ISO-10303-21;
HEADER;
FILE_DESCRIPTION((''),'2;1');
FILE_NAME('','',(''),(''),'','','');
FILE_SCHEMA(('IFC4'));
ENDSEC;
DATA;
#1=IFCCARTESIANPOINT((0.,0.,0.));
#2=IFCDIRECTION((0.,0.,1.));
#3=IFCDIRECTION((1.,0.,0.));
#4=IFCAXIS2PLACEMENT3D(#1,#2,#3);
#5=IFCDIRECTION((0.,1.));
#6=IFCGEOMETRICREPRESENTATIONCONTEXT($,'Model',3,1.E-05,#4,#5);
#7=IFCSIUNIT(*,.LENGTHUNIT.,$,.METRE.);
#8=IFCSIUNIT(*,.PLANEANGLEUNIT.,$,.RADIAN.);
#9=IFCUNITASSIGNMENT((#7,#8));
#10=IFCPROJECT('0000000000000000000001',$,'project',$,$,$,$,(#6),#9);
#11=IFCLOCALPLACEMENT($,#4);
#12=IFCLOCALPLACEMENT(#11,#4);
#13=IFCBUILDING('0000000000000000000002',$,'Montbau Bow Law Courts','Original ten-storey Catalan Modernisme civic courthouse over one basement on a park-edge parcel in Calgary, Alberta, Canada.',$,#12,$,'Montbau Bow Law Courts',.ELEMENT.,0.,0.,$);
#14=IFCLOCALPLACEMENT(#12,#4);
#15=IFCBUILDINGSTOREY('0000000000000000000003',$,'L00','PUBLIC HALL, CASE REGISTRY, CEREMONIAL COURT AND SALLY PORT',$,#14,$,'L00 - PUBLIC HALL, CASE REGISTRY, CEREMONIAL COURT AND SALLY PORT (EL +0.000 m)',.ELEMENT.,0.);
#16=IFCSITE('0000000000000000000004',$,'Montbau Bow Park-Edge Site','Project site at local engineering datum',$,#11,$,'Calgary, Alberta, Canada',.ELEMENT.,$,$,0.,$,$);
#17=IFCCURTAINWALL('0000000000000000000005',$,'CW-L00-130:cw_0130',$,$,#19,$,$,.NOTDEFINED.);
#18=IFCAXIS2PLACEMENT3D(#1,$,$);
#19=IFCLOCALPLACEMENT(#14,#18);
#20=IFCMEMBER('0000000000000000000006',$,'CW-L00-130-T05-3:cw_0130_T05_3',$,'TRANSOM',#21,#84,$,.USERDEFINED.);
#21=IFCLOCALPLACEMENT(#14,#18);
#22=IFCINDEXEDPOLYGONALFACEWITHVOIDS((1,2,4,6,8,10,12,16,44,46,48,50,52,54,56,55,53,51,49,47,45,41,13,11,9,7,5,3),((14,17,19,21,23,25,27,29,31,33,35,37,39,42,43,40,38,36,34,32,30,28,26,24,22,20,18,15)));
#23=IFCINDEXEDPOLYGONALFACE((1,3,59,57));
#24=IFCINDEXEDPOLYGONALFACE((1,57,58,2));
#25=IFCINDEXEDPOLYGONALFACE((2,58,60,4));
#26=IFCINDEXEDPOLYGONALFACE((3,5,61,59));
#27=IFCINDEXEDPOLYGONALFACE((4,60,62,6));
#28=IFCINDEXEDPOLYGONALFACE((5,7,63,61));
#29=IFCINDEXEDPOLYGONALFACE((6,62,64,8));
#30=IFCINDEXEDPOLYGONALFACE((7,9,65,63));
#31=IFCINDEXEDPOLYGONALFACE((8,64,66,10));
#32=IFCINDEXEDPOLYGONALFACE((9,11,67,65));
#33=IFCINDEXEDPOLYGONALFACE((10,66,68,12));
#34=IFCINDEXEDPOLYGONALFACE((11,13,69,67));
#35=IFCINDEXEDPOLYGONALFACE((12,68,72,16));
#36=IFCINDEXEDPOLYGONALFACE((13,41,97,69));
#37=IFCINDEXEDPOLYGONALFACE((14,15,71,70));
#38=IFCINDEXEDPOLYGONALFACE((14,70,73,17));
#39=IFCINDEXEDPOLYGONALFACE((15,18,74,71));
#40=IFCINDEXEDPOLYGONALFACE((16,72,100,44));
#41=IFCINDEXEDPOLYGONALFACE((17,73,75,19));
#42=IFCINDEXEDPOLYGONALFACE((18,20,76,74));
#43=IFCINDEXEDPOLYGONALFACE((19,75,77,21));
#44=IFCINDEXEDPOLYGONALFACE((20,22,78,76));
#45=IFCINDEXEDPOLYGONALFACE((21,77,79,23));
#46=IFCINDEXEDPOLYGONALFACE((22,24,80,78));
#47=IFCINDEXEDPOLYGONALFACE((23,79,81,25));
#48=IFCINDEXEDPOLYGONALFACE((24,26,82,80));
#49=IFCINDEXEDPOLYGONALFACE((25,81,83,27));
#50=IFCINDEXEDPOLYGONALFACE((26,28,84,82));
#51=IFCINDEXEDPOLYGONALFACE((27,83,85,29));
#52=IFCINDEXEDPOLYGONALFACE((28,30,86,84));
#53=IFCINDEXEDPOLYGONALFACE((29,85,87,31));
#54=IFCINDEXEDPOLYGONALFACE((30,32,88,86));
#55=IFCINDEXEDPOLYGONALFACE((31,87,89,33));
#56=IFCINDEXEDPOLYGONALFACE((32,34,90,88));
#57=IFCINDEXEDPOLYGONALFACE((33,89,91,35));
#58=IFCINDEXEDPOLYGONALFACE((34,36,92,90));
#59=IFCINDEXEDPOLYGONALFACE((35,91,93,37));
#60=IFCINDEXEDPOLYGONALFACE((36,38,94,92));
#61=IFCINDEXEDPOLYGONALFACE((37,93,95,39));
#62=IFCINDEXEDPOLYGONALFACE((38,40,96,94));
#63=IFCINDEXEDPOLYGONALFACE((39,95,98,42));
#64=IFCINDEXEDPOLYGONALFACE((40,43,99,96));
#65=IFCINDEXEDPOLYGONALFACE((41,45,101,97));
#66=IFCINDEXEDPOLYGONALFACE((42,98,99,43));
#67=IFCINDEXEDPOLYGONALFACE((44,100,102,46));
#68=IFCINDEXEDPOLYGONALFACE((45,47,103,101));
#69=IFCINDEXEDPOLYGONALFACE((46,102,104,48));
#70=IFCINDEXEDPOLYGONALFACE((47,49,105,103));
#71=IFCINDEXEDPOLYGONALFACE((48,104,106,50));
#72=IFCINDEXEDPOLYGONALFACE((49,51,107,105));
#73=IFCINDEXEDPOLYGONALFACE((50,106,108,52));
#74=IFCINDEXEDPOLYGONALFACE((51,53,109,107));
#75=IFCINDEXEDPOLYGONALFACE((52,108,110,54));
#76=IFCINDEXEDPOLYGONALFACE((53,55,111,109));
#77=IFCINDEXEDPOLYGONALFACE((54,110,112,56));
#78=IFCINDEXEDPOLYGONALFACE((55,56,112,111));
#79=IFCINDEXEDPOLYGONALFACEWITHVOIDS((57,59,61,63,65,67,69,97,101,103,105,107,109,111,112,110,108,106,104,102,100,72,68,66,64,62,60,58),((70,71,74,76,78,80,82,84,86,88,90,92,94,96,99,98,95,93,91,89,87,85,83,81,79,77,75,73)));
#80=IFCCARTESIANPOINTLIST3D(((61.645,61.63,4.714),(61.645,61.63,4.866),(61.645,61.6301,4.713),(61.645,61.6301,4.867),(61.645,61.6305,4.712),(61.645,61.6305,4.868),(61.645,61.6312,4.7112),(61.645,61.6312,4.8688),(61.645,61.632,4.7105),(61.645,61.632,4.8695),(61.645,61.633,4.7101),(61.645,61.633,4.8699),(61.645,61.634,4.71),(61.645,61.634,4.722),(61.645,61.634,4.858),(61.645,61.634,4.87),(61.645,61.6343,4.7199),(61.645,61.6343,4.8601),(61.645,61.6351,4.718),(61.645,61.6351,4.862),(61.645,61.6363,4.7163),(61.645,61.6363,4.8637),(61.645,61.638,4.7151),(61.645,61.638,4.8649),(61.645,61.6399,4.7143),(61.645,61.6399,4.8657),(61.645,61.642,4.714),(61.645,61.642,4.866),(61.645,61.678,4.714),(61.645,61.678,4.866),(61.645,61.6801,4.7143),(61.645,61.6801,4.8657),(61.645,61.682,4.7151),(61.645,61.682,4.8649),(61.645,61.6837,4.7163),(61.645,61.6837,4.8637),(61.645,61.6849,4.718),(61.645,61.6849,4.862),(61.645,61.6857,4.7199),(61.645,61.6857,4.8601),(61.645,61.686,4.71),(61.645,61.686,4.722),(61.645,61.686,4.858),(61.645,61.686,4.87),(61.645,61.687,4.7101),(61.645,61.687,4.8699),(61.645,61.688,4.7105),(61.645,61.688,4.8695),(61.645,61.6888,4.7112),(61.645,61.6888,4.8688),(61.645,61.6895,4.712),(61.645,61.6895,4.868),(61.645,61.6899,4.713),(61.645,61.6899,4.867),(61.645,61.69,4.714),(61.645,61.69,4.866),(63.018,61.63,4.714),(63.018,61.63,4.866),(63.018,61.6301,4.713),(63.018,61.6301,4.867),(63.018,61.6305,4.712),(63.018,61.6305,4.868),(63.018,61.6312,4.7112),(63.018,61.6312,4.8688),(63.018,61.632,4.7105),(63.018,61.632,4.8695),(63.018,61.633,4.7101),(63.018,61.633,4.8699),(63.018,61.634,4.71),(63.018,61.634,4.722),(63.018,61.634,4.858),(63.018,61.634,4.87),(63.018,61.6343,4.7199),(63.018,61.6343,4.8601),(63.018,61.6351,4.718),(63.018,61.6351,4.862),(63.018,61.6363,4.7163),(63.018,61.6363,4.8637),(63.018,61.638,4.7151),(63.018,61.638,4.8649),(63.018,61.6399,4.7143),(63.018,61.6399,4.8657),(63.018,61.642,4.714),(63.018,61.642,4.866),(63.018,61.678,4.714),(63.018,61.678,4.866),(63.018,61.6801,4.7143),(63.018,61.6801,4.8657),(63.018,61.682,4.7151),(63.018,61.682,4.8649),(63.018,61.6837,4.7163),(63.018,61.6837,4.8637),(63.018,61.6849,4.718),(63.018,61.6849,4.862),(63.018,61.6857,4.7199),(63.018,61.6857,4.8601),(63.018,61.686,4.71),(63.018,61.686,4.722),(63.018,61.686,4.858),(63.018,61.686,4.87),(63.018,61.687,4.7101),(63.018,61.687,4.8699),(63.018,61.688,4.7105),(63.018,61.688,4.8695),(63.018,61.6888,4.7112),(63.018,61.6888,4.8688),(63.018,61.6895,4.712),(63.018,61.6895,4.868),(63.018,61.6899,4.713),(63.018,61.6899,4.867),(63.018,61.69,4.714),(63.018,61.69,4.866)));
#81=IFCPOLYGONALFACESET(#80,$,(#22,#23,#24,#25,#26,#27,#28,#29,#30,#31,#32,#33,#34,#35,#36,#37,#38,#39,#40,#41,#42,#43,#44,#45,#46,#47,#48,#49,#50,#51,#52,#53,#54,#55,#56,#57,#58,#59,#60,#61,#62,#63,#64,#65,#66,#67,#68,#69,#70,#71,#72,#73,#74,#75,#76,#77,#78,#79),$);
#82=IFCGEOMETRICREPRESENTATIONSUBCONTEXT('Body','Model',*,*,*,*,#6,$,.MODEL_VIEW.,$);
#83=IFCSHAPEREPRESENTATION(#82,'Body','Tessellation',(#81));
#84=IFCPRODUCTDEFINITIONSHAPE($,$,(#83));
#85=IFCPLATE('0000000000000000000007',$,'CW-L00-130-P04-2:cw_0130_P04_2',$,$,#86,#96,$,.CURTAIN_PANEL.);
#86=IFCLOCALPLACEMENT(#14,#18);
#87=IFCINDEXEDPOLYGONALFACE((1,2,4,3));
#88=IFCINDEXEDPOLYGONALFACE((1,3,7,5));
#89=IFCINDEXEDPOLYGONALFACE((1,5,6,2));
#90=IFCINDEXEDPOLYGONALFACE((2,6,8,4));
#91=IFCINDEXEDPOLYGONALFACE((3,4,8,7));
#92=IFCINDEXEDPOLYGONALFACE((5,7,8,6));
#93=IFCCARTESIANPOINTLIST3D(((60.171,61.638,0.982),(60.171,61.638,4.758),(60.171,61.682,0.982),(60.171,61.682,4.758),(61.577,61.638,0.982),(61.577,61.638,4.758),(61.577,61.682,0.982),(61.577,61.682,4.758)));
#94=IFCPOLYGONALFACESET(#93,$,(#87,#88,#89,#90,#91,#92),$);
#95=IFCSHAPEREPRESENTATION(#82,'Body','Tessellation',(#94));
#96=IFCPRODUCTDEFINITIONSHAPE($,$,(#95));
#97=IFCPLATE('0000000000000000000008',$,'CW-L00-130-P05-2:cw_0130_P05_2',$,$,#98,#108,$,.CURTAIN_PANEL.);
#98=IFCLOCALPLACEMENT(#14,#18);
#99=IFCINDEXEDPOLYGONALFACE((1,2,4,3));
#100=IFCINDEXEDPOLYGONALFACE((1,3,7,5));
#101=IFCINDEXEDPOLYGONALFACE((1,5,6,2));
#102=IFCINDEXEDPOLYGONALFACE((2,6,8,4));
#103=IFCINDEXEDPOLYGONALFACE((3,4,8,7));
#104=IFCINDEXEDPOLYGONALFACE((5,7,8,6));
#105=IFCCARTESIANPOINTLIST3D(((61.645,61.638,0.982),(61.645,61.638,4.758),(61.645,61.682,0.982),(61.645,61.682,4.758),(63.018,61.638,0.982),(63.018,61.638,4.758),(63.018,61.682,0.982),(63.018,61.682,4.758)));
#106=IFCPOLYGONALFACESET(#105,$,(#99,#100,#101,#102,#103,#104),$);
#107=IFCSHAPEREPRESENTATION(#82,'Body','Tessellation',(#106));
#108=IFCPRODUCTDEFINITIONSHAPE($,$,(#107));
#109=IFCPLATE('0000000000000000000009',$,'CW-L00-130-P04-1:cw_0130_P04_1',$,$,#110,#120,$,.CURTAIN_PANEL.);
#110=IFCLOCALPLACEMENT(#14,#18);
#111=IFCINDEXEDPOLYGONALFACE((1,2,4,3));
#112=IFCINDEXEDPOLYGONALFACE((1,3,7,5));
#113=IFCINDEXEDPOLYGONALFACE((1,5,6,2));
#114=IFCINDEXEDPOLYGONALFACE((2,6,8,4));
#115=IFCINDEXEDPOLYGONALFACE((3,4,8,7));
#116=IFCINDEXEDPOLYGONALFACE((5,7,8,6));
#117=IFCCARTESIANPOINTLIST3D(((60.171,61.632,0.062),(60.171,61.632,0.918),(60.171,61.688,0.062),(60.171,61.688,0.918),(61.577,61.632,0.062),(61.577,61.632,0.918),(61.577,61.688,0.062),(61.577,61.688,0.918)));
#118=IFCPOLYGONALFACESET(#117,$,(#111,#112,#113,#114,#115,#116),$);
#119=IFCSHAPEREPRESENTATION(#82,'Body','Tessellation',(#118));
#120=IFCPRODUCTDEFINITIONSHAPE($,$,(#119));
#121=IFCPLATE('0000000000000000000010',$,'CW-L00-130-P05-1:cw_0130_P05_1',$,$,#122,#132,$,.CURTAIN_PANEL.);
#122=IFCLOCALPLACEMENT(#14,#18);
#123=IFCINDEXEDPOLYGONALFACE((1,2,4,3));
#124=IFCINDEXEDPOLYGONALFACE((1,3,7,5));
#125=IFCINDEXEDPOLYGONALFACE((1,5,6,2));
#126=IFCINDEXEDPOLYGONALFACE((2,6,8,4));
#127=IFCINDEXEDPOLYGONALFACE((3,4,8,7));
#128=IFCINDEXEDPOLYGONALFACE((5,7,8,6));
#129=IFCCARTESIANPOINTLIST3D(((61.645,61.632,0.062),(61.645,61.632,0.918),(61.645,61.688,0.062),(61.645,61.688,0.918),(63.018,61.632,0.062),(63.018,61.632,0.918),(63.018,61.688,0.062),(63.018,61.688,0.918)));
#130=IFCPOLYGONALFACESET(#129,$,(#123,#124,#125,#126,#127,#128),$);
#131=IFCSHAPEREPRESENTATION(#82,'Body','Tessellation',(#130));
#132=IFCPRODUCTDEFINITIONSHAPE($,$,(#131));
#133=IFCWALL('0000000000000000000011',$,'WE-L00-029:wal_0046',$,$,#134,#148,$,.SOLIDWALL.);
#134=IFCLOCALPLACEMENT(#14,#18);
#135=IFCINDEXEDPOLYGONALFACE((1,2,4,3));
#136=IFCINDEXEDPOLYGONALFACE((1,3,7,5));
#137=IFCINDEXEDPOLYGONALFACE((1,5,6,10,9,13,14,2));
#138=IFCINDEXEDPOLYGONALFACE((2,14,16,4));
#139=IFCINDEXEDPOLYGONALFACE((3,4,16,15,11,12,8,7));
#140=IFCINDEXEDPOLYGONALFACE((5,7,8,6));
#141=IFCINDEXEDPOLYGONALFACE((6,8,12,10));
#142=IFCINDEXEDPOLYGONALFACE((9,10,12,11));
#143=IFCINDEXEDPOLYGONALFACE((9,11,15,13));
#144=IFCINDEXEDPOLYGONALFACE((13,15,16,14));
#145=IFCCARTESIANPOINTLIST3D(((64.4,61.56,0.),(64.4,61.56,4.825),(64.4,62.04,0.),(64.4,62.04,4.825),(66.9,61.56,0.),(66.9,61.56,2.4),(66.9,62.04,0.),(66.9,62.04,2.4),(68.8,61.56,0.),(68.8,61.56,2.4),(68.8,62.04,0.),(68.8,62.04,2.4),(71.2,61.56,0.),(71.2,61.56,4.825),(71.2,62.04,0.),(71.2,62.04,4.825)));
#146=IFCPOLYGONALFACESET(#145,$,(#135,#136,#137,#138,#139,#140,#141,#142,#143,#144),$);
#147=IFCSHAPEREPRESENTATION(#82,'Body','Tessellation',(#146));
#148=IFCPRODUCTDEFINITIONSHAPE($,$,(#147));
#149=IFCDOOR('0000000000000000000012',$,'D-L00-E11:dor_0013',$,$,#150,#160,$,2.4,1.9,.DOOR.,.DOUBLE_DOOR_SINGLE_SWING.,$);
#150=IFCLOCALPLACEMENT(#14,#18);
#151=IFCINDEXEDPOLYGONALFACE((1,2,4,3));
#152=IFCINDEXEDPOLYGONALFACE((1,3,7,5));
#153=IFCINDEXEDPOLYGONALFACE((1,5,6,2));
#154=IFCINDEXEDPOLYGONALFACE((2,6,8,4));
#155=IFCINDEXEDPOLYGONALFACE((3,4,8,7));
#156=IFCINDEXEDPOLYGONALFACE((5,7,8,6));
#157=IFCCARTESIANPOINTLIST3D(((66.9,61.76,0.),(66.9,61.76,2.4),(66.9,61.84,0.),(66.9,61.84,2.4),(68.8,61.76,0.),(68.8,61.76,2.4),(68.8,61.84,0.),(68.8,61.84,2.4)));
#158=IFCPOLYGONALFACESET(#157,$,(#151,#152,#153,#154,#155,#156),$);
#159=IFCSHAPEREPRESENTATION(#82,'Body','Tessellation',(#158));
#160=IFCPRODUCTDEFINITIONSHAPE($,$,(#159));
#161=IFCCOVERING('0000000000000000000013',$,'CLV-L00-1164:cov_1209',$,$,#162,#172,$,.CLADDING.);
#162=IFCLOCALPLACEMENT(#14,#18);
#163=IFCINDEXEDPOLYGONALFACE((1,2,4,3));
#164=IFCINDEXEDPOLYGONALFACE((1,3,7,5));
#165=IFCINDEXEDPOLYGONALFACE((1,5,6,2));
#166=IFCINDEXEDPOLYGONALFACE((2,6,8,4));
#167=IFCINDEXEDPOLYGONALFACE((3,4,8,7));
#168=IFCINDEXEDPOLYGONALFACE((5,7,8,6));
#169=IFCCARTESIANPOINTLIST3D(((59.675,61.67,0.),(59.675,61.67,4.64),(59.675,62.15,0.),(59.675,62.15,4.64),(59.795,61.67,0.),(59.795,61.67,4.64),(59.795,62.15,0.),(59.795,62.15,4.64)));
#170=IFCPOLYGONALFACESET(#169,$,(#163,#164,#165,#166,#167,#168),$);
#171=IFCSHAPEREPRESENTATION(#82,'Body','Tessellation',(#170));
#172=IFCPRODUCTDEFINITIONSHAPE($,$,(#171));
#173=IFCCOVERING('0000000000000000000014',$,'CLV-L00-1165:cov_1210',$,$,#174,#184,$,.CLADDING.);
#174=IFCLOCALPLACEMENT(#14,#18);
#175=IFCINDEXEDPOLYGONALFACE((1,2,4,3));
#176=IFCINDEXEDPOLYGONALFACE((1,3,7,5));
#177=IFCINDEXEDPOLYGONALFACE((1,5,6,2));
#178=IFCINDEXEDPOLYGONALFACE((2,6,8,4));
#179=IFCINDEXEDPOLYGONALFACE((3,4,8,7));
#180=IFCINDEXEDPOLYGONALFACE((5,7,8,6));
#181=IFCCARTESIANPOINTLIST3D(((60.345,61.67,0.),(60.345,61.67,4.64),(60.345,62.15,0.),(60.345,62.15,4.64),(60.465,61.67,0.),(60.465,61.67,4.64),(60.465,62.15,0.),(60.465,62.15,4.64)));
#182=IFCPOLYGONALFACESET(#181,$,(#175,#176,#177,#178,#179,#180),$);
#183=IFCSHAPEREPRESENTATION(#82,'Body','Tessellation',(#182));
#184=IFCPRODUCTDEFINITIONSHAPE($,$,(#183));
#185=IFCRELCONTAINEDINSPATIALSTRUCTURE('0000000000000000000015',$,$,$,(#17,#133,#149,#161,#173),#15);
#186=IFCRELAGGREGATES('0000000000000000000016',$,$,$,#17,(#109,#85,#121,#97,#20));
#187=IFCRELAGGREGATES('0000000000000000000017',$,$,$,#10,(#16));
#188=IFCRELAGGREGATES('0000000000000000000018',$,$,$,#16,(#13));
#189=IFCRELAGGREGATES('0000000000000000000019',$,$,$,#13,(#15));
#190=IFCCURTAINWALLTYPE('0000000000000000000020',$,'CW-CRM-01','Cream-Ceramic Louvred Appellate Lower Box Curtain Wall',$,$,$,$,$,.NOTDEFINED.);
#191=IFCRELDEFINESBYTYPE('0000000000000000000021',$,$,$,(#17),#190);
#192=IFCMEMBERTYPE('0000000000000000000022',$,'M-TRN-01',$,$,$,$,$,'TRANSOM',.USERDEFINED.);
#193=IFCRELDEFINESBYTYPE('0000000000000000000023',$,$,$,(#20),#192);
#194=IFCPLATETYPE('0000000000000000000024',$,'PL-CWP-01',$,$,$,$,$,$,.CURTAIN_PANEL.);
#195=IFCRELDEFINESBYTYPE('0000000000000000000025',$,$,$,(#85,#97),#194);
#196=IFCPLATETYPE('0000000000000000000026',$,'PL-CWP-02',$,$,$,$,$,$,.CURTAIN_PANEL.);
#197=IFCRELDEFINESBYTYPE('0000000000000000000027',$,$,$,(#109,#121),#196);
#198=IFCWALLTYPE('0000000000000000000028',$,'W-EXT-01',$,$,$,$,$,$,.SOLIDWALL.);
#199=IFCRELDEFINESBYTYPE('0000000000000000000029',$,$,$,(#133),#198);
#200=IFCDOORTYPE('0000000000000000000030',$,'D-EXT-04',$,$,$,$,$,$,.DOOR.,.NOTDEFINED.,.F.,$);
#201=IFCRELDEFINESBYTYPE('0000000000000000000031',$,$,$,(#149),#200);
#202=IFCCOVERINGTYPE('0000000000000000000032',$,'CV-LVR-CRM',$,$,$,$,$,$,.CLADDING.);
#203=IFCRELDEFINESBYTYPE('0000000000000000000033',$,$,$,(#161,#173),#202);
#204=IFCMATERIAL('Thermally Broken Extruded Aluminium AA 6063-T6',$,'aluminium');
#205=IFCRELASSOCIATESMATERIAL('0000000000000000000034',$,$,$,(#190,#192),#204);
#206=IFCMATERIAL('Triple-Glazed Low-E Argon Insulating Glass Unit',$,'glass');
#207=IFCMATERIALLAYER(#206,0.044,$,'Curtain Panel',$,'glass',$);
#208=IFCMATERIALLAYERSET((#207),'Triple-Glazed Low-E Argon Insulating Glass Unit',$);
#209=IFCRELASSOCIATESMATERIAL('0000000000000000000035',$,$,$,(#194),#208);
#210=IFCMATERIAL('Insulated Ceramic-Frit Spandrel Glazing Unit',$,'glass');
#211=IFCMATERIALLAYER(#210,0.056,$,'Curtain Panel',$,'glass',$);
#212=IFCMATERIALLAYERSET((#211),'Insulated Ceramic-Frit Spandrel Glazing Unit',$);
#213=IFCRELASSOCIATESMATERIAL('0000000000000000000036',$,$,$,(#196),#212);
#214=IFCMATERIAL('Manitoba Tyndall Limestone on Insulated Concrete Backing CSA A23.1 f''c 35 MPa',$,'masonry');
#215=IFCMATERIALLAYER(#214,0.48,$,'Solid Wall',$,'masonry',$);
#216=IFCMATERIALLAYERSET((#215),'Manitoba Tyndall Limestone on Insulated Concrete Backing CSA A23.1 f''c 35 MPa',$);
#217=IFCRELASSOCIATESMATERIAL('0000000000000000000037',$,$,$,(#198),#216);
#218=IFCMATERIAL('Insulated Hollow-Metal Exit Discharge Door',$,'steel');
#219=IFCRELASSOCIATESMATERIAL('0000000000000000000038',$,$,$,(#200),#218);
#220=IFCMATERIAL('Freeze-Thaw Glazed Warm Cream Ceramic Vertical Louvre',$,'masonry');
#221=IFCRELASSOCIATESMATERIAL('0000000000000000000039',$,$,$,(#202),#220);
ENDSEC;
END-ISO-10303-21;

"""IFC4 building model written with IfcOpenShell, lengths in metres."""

from ifc_helpers import new_model, si_unit, direction, frame, frame_2d, origin_with_axes, origin_2d_with_axis, place, context, subcontext, project, spatial, rectangle, hollow_rectangle, extrude, material, layer, layer_set, material_profile, profile_set, type_object, element, fill, aggregate, save


model = new_model("IFC4")

# Units and contexts
model_context = context("Model", 3, precision=1e-05, world=origin_with_axes(), true_north=direction((0.0, 1.0)))
body_context = subcontext(model_context, "Body", "Model", "MODEL_VIEW")
ifc_project = project(units=[si_unit("LENGTHUNIT", "METRE"), si_unit("PLANEANGLEUNIT", "RADIAN")], contexts=[model_context])

# Site, building, storey
site_placement = place(None, origin_with_axes())
site = spatial("IfcSite", under=ifc_project, at=site_placement, Name="Montbau Bow Park-Edge Site", Description="Project site at local engineering datum", LongName="Calgary, Alberta, Canada", CompositionType="ELEMENT", RefElevation=0.0)
building_placement = place(site_placement, origin_with_axes())
building = spatial("IfcBuilding", under=site, at=building_placement, Name="Montbau Bow Law Courts", Description="Original ten-storey Catalan Modernisme civic courthouse over one basement on a park-edge parcel in Calgary, Alberta, Canada.", LongName="Montbau Bow Law Courts", CompositionType="ELEMENT", ElevationOfRefHeight=0.0, ElevationOfTerrain=0.0)
storey_placement = place(building_placement, origin_with_axes())
storey = spatial("IfcBuildingStorey", under=building, at=storey_placement, Name="L00", Description="PUBLIC HALL, CASE REGISTRY, CEREMONIAL COURT AND SALLY PORT", LongName="L00 - PUBLIC HALL, CASE REGISTRY, CEREMONIAL COURT AND SALLY PORT (EL +0.000 m)", CompositionType="ELEMENT", Elevation=0.0)

# Curtain wall, member, plates
ifc_material_1 = material(Name="Thermally Broken Extruded Aluminium AA 6063-T6", Category="aluminium")
curtain_wall_type = type_object("IfcCurtainWallType", Name="CW-CRM-01", Description="Cream-Ceramic Louvred Appellate Lower Box Curtain Wall", PredefinedType="NOTDEFINED", material=ifc_material_1)
curtain_wall_placement = place(None, frame((55.715, 61.66, 0.0), z_axis=(0.0, 0.0, 1.0), x_axis=(1.0, 0.0, 0.0)))
curtain_wall = element("IfcCurtainWall", 1, at=curtain_wall_placement, inside=storey, type_object=curtain_wall_type, Name="CW-L00-130:cw_0130", PredefinedType="NOTDEFINED")
ifc_material_profile_1 = material_profile(ifc_material_1, hollow_rectangle(XDim=0.06, YDim=0.16, WallThickness=0.004, InnerFilletRadius=0.008, OuterFilletRadius=0.004, at=origin_2d_with_axis()), Name="CWT-160X60", Category="Main", Priority=0)
ifc_profile_set_1 = profile_set([ifc_material_profile_1], Name="Thermally Broken Extruded Aluminium AA 6063-T6")
member_type_1 = type_object("IfcMemberType", Name="M-TRN-01", ElementType="TRANSOM", PredefinedType="USERDEFINED", material=ifc_profile_set_1)
member_1_placement = place(None, frame((61.645, 61.66, 4.79), z_axis=(1.0, 0.0, 0.0), x_axis=(0.0, 1.0, 0.0)))
member_1 = element("IfcMember", 2, at=member_1_placement, type_object=member_type_1, Name="CW-L00-130-T05-3:cw_0130_T05_3", ObjectType="TRANSOM", PredefinedType="USERDEFINED", context=body_context, shape_type="SweptSolid", body=[
    extrude(hollow_rectangle(XDim=0.06, YDim=0.16, WallThickness=0.004, InnerFilletRadius=0.008, OuterFilletRadius=0.004, at=origin_2d_with_axis()), origin_with_axes(), (0.0, 0.0, 1.0), 1.373),
])
ifc_material_2 = material(Name="Triple-Glazed Low-E Argon Insulating Glass Unit", Category="glass")
ifc_layer_1 = layer(ifc_material_2, 0.044, Name="Curtain Panel", Category="glass")
ifc_layer_set_1 = layer_set([ifc_layer_1], Name="Triple-Glazed Low-E Argon Insulating Glass Unit")
plate_type_1 = type_object("IfcPlateType", Name="PL-CWP-01", PredefinedType="CURTAIN_PANEL", material=ifc_layer_set_1)
plate_1_placement = place(None, frame((60.171, 61.66, 0.982), z_axis=(0.0, -1.0, 0.0), x_axis=(1.0, 0.0, 0.0)))
plate_1 = element("IfcPlate", 3, at=plate_1_placement, type_object=plate_type_1, Name="CW-L00-130-P04-2:cw_0130_P04_2", PredefinedType="CURTAIN_PANEL", context=body_context, shape_type="SweptSolid", body=[
    extrude(rectangle(XDim=1.406, YDim=3.776, at=frame_2d((0.703, 1.888), x_axis=(1.0, 0.0))), frame((0.0, 0.0, -0.022), z_axis=(0.0, 0.0, 1.0), x_axis=(1.0, 0.0, 0.0)), (0.0, 0.0, 1.0), 0.044),
])
plate_2_placement = place(None, frame((61.645, 61.66, 0.982), z_axis=(0.0, -1.0, 0.0), x_axis=(1.0, 0.0, 0.0)))
plate_2 = element("IfcPlate", 4, at=plate_2_placement, type_object=plate_type_1, Name="CW-L00-130-P05-2:cw_0130_P05_2", PredefinedType="CURTAIN_PANEL", context=body_context, shape_type="SweptSolid", body=[
    extrude(rectangle(XDim=1.373, YDim=3.776, at=frame_2d((0.6865, 1.888), x_axis=(1.0, 0.0))), frame((0.0, 0.0, -0.022), z_axis=(0.0, 0.0, 1.0), x_axis=(1.0, 0.0, 0.0)), (0.0, 0.0, 1.0), 0.044),
])
ifc_material_3 = material(Name="Insulated Ceramic-Frit Spandrel Glazing Unit", Category="glass")
ifc_layer_2 = layer(ifc_material_3, 0.056, Name="Curtain Panel", Category="glass")
ifc_layer_set_2 = layer_set([ifc_layer_2], Name="Insulated Ceramic-Frit Spandrel Glazing Unit")
plate_type_2 = type_object("IfcPlateType", Name="PL-CWP-02", PredefinedType="CURTAIN_PANEL", material=ifc_layer_set_2)
plate_3_placement = place(None, frame((60.171, 61.66, 0.062), z_axis=(0.0, -1.0, 0.0), x_axis=(1.0, 0.0, 0.0)))
plate_3 = element("IfcPlate", 5, at=plate_3_placement, type_object=plate_type_2, Name="CW-L00-130-P04-1:cw_0130_P04_1", PredefinedType="CURTAIN_PANEL", context=body_context, shape_type="SweptSolid", body=[
    extrude(rectangle(XDim=1.406, YDim=0.856, at=frame_2d((0.703, 0.428), x_axis=(1.0, 0.0))), frame((0.0, 0.0, -0.028), z_axis=(0.0, 0.0, 1.0), x_axis=(1.0, 0.0, 0.0)), (0.0, 0.0, 1.0), 0.056),
])
plate_4_placement = place(None, frame((61.645, 61.66, 0.062), z_axis=(0.0, -1.0, 0.0), x_axis=(1.0, 0.0, 0.0)))
plate_4 = element("IfcPlate", 6, at=plate_4_placement, type_object=plate_type_2, Name="CW-L00-130-P05-1:cw_0130_P05_1", PredefinedType="CURTAIN_PANEL", context=body_context, shape_type="SweptSolid", body=[
    extrude(rectangle(XDim=1.373, YDim=0.856, at=frame_2d((0.6865, 0.428), x_axis=(1.0, 0.0))), frame((0.0, 0.0, -0.028), z_axis=(0.0, 0.0, 1.0), x_axis=(1.0, 0.0, 0.0)), (0.0, 0.0, 1.0), 0.056),
])
aggregate(curtain_wall, [plate_3, plate_1, plate_4, plate_2, member_1])

# Wall, opening, door
ifc_material_4 = material(Name="Manitoba Tyndall Limestone on Insulated Concrete Backing CSA A23.1 f'c 35 MPa", Category="masonry")
ifc_layer_3 = layer(ifc_material_4, 0.48, Name="Solid Wall", Category="masonry")
ifc_layer_set_3 = layer_set([ifc_layer_3], Name="Manitoba Tyndall Limestone on Insulated Concrete Backing CSA A23.1 f'c 35 MPa")
wall_type = type_object("IfcWallType", Name="W-EXT-01", PredefinedType="SOLIDWALL", material=ifc_layer_set_3)
wall_placement = place(None, frame((64.4, 61.8, 0.0), z_axis=(0.0, 0.0, 1.0), x_axis=(1.0, 0.0, 0.0)))
wall = element("IfcWall", 7, at=wall_placement, inside=storey, type_object=wall_type, Name="WE-L00-029:wal_0046", PredefinedType="SOLIDWALL", context=body_context, shape_type="SweptSolid", body=[
    extrude(rectangle(XDim=6.8, YDim=0.48, at=frame_2d((3.4, 0.0), x_axis=(1.0, 0.0))), origin_with_axes(), (0.0, 0.0, 1.0), 4.825),
])
opening_placement = place(None, frame((67.85, 61.8, 0.0), z_axis=(0.0, 0.0, 1.0), x_axis=(1.0, 0.0, 0.0)))
opening = element("IfcOpeningElement", 8, at=opening_placement, cuts=wall, PredefinedType="OPENING", context=body_context, shape_type="SweptSolid", body=[
    extrude(rectangle(XDim=1.9, YDim=2.4, at=frame_2d((0.0, 1.2), x_axis=(1.0, 0.0))), frame((0.0, 0.25, 0.0), z_axis=(0.0, -1.0, 0.0), x_axis=(1.0, 0.0, 0.0)), (0.0, 0.0, 1.0), 0.5),
])
ifc_material_5 = material(Name="Insulated Hollow-Metal Exit Discharge Door", Category="steel")
door_type = type_object("IfcDoorType", Name="D-EXT-04", OperationType="NOTDEFINED", ParameterTakesPrecedence=False, PredefinedType="DOOR", material=ifc_material_5)
door_placement = place(None, frame((67.85, 61.8, 0.0), z_axis=(0.0, 0.0, 1.0), x_axis=(1.0, 0.0, 0.0)))
door = element("IfcDoor", 9, at=door_placement, inside=storey, type_object=door_type, Name="D-L00-E11:dor_0013", OperationType="DOUBLE_DOOR_SINGLE_SWING", OverallHeight=2.4, OverallWidth=1.9, PredefinedType="DOOR", context=body_context, shape_type="SweptSolid", body=[
    extrude(rectangle(XDim=1.9, YDim=2.4, at=frame_2d((0.0, 1.2), x_axis=(1.0, 0.0))), frame((0.0, 0.04, 0.0), z_axis=(0.0, -1.0, 0.0), x_axis=(1.0, 0.0, 0.0)), (0.0, 0.0, 1.0), 0.08),
])
fill(opening, door)

# Coverings
ifc_material_6 = material(Name="Freeze-Thaw Glazed Warm Cream Ceramic Vertical Louvre", Category="masonry")
covering_type = type_object("IfcCoveringType", Name="CV-LVR-CRM", PredefinedType="CLADDING", material=ifc_material_6)
for number, where, z_axis, x_axis, name in (
    (10, (59.735, 61.67, 0.0), (1.0, 0.0, 0.0), (0.0, 1.0, 0.0), "CLV-L00-1164:cov_1209"),
    (11, (60.405, 61.67, 0.0), (1.0, 0.0, 0.0), (0.0, 1.0, 0.0), "CLV-L00-1165:cov_1210"),
):
    element("IfcCovering", number, at=place(None, frame(where, z_axis=z_axis, x_axis=x_axis)), inside=storey, type_object=covering_type, Name=name, PredefinedType="CLADDING", context=body_context, shape_type="SweptSolid", body=[
        extrude(rectangle(XDim=0.48, YDim=4.64, at=frame_2d((0.24, 2.32), x_axis=(1.0, 0.0))), frame((0.0, 0.0, -0.06), z_axis=(0.0, 0.0, 1.0), x_axis=(1.0, 0.0, 0.0)), (0.0, 0.0, 1.0), 0.12),
    ])

save(model, "model.ifc")
